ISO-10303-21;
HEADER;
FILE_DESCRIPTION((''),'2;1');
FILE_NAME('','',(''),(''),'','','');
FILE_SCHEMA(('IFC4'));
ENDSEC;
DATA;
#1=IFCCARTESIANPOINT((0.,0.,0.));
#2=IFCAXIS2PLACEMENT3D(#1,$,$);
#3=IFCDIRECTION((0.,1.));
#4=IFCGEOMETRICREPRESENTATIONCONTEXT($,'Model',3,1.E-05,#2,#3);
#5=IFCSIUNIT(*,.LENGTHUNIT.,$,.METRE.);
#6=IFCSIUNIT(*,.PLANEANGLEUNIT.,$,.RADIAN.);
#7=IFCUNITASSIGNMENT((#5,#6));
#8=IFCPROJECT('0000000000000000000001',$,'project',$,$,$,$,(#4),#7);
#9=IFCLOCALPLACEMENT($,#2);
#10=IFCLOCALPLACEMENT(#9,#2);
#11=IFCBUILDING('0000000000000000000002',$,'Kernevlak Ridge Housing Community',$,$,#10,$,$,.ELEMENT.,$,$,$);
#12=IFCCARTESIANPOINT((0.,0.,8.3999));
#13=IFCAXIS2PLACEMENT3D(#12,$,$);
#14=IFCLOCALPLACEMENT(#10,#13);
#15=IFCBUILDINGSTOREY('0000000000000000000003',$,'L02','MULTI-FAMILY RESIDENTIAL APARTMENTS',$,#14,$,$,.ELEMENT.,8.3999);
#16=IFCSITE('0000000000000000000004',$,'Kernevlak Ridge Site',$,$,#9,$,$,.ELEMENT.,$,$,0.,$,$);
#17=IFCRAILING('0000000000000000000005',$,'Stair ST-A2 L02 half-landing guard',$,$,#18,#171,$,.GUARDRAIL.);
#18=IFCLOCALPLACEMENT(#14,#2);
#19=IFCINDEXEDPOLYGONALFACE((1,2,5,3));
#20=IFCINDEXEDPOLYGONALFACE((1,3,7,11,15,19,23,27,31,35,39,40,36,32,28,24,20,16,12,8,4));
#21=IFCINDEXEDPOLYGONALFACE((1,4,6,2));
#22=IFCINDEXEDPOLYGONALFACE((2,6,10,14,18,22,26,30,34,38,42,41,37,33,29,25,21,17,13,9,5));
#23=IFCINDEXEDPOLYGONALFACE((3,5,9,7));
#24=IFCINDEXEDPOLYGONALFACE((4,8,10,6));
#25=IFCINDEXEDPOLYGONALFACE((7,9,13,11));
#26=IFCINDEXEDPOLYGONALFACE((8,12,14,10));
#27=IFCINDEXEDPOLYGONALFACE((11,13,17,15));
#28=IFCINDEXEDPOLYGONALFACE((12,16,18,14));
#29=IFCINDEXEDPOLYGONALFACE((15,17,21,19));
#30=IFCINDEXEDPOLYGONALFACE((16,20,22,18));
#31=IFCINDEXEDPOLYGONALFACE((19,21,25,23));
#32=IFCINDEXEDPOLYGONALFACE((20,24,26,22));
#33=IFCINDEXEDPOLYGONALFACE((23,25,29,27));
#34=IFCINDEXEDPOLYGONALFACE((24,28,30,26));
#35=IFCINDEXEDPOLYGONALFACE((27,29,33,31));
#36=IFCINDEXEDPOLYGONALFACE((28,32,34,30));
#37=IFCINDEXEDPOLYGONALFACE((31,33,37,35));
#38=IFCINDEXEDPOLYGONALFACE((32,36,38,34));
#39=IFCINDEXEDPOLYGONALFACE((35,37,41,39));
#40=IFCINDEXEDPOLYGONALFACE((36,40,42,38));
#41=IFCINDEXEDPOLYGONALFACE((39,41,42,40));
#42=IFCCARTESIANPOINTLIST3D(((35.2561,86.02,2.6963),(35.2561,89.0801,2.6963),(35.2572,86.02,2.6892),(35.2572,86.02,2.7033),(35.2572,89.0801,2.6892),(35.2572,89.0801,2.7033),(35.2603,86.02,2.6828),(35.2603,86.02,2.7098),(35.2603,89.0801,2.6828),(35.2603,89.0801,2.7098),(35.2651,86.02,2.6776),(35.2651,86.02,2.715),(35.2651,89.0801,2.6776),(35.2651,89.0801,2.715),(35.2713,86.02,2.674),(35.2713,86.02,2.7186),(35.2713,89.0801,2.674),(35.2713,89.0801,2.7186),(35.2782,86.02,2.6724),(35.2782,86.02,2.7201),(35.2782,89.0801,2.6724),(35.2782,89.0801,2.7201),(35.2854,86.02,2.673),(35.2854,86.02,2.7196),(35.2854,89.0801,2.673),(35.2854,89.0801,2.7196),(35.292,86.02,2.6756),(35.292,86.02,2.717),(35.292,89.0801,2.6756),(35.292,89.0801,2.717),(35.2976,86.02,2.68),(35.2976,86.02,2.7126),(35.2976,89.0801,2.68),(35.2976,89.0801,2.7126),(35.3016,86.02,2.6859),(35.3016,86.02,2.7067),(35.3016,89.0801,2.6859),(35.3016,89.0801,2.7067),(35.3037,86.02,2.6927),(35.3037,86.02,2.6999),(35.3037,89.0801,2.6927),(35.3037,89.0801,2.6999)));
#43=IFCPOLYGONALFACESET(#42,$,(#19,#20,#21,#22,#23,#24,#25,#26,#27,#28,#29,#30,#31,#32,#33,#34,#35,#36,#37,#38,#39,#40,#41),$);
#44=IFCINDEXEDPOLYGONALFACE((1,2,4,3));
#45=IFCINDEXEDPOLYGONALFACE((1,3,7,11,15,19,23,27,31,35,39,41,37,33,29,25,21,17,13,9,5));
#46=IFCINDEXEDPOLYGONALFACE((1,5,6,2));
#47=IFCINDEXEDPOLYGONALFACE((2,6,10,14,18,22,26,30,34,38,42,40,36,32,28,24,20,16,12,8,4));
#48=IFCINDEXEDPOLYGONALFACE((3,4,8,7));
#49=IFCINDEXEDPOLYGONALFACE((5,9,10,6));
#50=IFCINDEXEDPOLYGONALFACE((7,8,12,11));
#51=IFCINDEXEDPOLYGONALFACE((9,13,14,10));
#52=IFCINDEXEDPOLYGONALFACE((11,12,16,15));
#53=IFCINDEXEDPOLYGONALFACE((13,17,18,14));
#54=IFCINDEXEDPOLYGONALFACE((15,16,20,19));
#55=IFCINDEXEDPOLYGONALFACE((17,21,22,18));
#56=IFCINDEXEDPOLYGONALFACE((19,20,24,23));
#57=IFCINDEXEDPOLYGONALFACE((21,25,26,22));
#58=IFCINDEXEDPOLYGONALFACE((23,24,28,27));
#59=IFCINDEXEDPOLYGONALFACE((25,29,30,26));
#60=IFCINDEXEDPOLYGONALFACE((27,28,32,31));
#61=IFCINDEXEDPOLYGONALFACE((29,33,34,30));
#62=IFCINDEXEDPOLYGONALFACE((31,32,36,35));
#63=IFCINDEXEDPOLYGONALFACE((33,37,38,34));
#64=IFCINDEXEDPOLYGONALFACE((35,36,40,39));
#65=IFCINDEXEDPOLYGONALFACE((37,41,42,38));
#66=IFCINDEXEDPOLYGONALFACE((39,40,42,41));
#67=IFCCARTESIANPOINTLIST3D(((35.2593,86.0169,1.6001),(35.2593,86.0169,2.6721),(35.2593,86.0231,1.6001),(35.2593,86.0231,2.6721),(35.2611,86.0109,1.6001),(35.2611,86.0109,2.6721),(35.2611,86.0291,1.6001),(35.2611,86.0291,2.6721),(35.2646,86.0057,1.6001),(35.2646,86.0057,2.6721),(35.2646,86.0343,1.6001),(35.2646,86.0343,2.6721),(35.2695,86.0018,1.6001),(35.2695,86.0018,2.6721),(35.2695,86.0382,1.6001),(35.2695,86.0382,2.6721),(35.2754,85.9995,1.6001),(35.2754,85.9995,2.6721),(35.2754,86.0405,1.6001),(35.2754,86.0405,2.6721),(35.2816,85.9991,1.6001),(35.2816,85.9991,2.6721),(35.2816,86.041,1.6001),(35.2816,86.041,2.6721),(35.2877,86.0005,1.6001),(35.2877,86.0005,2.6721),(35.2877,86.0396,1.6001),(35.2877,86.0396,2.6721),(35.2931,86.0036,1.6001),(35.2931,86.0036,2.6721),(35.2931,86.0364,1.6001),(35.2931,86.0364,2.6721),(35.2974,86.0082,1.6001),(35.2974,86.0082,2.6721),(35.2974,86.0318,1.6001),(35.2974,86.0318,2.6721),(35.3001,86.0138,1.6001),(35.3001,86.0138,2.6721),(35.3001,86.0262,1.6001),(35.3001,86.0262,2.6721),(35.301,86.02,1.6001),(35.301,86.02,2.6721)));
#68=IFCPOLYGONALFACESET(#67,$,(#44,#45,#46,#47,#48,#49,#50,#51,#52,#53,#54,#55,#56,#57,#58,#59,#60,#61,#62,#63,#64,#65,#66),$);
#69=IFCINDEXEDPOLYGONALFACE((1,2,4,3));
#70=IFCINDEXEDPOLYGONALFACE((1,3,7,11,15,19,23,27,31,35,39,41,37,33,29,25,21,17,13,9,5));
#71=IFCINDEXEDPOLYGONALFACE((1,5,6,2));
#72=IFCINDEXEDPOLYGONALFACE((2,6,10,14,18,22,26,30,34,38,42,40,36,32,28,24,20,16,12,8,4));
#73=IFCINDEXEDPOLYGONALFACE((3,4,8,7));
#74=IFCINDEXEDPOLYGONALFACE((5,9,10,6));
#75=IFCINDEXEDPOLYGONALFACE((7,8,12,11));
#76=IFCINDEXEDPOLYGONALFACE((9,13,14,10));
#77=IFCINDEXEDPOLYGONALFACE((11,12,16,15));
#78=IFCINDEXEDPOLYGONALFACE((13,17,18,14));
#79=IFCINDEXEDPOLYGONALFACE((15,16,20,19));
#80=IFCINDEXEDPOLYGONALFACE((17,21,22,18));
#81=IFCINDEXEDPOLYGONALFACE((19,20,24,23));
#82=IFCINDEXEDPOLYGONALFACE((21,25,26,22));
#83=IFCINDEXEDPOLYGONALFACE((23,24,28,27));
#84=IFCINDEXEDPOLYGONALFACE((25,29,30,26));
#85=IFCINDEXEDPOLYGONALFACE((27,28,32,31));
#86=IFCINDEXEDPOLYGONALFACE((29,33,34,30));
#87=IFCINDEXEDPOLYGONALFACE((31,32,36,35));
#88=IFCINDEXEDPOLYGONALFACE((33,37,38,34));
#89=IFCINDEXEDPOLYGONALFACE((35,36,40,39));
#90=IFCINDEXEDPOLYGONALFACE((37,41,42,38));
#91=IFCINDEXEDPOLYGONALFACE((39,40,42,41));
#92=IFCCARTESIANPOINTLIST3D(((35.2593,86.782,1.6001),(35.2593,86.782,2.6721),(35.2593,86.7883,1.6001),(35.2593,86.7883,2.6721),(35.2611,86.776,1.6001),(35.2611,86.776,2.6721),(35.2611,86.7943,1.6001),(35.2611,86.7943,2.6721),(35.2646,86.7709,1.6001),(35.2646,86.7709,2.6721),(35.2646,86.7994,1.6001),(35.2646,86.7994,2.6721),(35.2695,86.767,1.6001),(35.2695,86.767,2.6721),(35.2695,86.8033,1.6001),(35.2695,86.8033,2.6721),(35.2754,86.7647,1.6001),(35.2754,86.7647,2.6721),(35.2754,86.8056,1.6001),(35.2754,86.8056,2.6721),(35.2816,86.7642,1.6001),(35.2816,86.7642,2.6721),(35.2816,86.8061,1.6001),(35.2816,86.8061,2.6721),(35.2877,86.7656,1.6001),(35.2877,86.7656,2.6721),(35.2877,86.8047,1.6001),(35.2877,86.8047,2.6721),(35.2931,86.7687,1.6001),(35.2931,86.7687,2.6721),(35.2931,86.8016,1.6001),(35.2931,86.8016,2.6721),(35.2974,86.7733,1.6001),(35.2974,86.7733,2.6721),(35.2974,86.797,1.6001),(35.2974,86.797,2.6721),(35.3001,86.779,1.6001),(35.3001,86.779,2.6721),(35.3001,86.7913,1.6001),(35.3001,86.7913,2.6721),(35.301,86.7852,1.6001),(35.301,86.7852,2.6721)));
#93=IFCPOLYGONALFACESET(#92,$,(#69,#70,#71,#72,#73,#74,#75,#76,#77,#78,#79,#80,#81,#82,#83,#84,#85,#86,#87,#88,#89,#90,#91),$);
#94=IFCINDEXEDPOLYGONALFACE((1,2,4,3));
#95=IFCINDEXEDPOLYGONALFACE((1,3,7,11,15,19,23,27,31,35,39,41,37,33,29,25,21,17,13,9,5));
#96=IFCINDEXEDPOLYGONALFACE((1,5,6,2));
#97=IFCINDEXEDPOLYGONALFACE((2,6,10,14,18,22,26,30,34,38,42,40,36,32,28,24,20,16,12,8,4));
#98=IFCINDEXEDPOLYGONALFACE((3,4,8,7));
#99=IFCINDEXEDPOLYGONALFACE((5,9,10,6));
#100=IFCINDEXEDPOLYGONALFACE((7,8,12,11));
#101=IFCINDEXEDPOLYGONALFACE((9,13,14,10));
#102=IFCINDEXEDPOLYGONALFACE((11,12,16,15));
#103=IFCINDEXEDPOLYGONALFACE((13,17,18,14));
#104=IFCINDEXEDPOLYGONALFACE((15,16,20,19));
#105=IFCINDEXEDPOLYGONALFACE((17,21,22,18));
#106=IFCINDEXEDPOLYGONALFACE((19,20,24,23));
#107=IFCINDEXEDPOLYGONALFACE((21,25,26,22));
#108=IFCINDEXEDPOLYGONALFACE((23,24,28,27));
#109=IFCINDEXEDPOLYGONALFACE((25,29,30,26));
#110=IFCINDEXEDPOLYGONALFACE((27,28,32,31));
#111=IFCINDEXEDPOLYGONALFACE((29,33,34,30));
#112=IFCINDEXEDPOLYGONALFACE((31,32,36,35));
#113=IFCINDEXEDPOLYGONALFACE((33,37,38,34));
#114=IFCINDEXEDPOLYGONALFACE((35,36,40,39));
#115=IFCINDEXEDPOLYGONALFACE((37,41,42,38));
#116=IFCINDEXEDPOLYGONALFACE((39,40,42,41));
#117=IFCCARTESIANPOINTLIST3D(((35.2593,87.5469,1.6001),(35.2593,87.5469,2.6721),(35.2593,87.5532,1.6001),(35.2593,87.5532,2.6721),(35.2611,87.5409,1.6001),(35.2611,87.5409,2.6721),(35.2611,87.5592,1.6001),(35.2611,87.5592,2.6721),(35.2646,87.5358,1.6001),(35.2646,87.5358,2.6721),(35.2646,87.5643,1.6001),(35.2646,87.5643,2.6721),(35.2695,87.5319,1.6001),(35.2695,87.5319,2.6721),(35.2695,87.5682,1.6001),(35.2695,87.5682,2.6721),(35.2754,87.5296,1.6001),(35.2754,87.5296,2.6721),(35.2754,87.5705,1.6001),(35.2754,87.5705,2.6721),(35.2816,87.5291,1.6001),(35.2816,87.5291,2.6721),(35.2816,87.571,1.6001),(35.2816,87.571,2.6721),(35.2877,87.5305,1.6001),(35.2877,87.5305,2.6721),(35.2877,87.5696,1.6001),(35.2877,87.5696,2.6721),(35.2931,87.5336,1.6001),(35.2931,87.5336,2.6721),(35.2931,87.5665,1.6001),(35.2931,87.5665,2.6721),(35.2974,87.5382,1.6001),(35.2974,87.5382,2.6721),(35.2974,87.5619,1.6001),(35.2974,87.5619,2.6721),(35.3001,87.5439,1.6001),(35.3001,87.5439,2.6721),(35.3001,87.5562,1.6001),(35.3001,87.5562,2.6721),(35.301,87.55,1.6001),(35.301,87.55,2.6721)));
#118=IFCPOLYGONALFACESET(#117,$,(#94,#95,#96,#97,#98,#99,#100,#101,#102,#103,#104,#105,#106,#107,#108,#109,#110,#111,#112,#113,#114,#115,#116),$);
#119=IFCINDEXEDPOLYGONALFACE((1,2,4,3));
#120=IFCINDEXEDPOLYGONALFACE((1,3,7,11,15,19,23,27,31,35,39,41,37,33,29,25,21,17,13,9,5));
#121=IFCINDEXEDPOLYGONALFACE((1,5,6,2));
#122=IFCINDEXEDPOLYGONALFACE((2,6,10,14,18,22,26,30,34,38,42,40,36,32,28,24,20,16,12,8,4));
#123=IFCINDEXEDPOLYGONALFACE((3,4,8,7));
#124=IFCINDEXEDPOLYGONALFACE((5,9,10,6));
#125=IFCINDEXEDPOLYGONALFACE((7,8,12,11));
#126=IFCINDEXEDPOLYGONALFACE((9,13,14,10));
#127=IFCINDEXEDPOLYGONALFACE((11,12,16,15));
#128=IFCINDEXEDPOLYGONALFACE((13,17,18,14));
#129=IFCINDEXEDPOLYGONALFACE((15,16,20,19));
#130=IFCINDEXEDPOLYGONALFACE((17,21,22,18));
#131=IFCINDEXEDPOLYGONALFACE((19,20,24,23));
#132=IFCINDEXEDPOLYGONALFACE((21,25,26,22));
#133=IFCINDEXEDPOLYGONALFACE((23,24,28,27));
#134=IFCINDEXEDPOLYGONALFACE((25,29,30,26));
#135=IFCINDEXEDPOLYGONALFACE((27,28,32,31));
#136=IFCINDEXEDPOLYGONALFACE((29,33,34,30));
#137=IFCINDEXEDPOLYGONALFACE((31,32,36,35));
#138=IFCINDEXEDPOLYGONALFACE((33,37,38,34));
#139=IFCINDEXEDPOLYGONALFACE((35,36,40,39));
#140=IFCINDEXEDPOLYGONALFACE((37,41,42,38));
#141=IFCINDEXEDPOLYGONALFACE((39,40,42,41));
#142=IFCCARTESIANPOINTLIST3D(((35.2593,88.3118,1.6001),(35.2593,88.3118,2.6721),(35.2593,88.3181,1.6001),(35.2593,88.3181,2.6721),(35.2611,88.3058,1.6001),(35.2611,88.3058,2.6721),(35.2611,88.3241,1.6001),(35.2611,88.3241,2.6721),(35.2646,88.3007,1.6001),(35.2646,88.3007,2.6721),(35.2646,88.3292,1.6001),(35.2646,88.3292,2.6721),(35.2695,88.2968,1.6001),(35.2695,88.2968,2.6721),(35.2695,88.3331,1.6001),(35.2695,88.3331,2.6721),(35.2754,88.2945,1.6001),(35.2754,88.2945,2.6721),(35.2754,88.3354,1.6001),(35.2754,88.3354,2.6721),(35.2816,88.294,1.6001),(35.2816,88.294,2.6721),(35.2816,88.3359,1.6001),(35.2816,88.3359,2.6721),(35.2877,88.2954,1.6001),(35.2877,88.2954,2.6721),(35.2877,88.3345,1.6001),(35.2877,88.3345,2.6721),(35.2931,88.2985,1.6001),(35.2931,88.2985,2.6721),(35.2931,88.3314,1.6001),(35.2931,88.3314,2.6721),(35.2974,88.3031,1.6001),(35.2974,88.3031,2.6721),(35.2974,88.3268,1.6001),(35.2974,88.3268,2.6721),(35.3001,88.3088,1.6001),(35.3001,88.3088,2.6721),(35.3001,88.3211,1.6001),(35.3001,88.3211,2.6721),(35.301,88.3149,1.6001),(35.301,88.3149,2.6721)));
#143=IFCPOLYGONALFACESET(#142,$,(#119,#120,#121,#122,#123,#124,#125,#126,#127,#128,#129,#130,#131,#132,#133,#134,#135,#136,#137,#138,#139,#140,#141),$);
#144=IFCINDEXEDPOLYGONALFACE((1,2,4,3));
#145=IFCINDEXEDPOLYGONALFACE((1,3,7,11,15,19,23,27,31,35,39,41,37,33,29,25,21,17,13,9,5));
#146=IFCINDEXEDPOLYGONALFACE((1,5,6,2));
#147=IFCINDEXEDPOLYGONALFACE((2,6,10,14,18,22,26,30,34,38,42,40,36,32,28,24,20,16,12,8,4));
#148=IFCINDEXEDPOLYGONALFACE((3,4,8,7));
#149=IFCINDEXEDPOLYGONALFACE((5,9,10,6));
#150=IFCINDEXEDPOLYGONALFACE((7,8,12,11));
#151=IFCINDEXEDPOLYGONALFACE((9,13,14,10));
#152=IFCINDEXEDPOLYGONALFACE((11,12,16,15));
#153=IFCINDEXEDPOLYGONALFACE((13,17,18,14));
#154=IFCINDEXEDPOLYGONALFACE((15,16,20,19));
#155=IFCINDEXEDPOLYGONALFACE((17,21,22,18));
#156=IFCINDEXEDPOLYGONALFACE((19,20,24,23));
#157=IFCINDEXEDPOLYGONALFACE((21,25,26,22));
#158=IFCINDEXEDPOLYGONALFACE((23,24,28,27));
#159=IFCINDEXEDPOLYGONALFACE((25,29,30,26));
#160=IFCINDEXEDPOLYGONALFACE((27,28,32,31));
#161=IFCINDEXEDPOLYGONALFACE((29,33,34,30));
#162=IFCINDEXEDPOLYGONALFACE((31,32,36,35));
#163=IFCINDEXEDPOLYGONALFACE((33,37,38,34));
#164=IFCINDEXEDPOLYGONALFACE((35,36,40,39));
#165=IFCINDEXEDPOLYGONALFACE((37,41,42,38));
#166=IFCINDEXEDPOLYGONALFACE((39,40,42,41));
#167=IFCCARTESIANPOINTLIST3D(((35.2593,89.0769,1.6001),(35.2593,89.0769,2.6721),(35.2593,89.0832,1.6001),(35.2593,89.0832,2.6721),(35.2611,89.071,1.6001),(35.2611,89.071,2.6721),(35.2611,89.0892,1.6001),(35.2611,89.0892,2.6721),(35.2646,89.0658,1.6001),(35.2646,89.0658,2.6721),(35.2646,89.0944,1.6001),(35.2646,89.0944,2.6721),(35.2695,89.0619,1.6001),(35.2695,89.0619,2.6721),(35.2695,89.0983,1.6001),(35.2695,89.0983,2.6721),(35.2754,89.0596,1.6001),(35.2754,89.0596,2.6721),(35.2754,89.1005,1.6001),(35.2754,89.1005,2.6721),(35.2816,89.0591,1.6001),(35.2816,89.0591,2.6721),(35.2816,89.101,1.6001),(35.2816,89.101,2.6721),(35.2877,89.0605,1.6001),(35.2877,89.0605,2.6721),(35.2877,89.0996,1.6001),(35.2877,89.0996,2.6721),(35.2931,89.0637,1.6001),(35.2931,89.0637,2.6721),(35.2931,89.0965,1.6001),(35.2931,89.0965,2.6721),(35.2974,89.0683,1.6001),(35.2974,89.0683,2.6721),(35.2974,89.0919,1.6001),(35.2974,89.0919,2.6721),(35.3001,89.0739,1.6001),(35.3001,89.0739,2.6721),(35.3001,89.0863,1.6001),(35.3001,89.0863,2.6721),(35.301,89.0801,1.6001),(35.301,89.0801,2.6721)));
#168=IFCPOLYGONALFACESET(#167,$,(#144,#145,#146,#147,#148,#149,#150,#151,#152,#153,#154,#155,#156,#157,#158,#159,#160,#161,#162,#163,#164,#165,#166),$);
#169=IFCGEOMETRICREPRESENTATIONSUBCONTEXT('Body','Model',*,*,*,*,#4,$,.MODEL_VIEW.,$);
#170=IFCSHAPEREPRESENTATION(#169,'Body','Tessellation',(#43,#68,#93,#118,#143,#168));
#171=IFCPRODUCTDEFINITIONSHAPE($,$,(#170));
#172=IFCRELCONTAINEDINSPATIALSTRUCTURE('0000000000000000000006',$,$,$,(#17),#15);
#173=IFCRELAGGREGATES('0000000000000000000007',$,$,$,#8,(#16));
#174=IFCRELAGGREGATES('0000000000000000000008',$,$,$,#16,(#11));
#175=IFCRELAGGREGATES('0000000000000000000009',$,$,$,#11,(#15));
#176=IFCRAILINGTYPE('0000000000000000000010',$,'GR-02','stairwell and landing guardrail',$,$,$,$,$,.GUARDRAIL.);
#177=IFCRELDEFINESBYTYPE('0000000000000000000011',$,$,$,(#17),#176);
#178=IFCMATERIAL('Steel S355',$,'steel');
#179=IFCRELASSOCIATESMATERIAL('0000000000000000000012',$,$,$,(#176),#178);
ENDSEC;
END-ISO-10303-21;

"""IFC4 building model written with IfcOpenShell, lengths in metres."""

from ifc_helpers import new_model, si_unit, direction, frame, origin, origin_2d, place, context, subcontext, project, spatial, circle, extrude, material, type_object, element, save


model = new_model("IFC4")

# Units and contexts
model_context = context("Model", 3, precision=1e-05, world=origin(), true_north=direction((0.0, 1.0)))
body_context = subcontext(model_context, "Body", "Model", "MODEL_VIEW")
ifc_project = project(units=[si_unit("LENGTHUNIT", "METRE"), si_unit("PLANEANGLEUNIT", "RADIAN")], contexts=[model_context])

# Site, building, storey
site_placement = place(None, origin())
site = spatial("IfcSite", under=ifc_project, at=site_placement, Name="Kernevlak Ridge Site", CompositionType="ELEMENT", RefElevation=0.0)
building_placement = place(site_placement, origin())
building = spatial("IfcBuilding", under=site, at=building_placement, Name="Kernevlak Ridge Housing Community", CompositionType="ELEMENT")
storey_placement = place(building_placement, frame((0.0, 0.0, 8.3999)))
storey = spatial("IfcBuildingStorey", under=building, at=storey_placement, Name="L02", Description="MULTI-FAMILY RESIDENTIAL APARTMENTS", CompositionType="ELEMENT", Elevation=8.3999)

# Railing
ifc_material_1 = material(Name="Steel S355", Category="steel")
railing_type_1 = type_object("IfcRailingType", Name="GR-02", Description="stairwell and landing guardrail", PredefinedType="GUARDRAIL", material=ifc_material_1)
railing_1_placement = place(storey_placement, frame((35.28, 86.02, 1.6001)))
element("IfcRailing", 1, at=railing_1_placement, inside=storey, type_object=railing_type_1, Name="Stair ST-A2 L02 half-landing guard", PredefinedType="GUARDRAIL", context=body_context, shape_type="SweptSolid", body=[
    extrude(circle(Radius=0.0239, at=origin_2d()), frame((0.0, 0.0, 1.0962), z_axis=(0.0, 1.0, 0.0), x_axis=(-1.0, 0.0, 0.0)), (0.0, 0.0, 1.0), 3.0601),
    extrude(circle(Radius=0.021, at=origin_2d()), origin(), (0.0, 0.0, 1.0), 1.072),
    extrude(circle(Radius=0.021, at=origin_2d()), frame((0.0, 0.7651, 0.0)), (0.0, 0.0, 1.0), 1.072),
    extrude(circle(Radius=0.021, at=origin_2d()), frame((0.0, 1.53, 0.0)), (0.0, 0.0, 1.0), 1.072),
    extrude(circle(Radius=0.021, at=origin_2d()), frame((0.0, 2.2949, 0.0)), (0.0, 0.0, 1.0), 1.072),
    extrude(circle(Radius=0.021, at=origin_2d()), frame((0.0, 3.0601, 0.0)), (0.0, 0.0, 1.0), 1.072),
])

save(model, "model.ifc")
